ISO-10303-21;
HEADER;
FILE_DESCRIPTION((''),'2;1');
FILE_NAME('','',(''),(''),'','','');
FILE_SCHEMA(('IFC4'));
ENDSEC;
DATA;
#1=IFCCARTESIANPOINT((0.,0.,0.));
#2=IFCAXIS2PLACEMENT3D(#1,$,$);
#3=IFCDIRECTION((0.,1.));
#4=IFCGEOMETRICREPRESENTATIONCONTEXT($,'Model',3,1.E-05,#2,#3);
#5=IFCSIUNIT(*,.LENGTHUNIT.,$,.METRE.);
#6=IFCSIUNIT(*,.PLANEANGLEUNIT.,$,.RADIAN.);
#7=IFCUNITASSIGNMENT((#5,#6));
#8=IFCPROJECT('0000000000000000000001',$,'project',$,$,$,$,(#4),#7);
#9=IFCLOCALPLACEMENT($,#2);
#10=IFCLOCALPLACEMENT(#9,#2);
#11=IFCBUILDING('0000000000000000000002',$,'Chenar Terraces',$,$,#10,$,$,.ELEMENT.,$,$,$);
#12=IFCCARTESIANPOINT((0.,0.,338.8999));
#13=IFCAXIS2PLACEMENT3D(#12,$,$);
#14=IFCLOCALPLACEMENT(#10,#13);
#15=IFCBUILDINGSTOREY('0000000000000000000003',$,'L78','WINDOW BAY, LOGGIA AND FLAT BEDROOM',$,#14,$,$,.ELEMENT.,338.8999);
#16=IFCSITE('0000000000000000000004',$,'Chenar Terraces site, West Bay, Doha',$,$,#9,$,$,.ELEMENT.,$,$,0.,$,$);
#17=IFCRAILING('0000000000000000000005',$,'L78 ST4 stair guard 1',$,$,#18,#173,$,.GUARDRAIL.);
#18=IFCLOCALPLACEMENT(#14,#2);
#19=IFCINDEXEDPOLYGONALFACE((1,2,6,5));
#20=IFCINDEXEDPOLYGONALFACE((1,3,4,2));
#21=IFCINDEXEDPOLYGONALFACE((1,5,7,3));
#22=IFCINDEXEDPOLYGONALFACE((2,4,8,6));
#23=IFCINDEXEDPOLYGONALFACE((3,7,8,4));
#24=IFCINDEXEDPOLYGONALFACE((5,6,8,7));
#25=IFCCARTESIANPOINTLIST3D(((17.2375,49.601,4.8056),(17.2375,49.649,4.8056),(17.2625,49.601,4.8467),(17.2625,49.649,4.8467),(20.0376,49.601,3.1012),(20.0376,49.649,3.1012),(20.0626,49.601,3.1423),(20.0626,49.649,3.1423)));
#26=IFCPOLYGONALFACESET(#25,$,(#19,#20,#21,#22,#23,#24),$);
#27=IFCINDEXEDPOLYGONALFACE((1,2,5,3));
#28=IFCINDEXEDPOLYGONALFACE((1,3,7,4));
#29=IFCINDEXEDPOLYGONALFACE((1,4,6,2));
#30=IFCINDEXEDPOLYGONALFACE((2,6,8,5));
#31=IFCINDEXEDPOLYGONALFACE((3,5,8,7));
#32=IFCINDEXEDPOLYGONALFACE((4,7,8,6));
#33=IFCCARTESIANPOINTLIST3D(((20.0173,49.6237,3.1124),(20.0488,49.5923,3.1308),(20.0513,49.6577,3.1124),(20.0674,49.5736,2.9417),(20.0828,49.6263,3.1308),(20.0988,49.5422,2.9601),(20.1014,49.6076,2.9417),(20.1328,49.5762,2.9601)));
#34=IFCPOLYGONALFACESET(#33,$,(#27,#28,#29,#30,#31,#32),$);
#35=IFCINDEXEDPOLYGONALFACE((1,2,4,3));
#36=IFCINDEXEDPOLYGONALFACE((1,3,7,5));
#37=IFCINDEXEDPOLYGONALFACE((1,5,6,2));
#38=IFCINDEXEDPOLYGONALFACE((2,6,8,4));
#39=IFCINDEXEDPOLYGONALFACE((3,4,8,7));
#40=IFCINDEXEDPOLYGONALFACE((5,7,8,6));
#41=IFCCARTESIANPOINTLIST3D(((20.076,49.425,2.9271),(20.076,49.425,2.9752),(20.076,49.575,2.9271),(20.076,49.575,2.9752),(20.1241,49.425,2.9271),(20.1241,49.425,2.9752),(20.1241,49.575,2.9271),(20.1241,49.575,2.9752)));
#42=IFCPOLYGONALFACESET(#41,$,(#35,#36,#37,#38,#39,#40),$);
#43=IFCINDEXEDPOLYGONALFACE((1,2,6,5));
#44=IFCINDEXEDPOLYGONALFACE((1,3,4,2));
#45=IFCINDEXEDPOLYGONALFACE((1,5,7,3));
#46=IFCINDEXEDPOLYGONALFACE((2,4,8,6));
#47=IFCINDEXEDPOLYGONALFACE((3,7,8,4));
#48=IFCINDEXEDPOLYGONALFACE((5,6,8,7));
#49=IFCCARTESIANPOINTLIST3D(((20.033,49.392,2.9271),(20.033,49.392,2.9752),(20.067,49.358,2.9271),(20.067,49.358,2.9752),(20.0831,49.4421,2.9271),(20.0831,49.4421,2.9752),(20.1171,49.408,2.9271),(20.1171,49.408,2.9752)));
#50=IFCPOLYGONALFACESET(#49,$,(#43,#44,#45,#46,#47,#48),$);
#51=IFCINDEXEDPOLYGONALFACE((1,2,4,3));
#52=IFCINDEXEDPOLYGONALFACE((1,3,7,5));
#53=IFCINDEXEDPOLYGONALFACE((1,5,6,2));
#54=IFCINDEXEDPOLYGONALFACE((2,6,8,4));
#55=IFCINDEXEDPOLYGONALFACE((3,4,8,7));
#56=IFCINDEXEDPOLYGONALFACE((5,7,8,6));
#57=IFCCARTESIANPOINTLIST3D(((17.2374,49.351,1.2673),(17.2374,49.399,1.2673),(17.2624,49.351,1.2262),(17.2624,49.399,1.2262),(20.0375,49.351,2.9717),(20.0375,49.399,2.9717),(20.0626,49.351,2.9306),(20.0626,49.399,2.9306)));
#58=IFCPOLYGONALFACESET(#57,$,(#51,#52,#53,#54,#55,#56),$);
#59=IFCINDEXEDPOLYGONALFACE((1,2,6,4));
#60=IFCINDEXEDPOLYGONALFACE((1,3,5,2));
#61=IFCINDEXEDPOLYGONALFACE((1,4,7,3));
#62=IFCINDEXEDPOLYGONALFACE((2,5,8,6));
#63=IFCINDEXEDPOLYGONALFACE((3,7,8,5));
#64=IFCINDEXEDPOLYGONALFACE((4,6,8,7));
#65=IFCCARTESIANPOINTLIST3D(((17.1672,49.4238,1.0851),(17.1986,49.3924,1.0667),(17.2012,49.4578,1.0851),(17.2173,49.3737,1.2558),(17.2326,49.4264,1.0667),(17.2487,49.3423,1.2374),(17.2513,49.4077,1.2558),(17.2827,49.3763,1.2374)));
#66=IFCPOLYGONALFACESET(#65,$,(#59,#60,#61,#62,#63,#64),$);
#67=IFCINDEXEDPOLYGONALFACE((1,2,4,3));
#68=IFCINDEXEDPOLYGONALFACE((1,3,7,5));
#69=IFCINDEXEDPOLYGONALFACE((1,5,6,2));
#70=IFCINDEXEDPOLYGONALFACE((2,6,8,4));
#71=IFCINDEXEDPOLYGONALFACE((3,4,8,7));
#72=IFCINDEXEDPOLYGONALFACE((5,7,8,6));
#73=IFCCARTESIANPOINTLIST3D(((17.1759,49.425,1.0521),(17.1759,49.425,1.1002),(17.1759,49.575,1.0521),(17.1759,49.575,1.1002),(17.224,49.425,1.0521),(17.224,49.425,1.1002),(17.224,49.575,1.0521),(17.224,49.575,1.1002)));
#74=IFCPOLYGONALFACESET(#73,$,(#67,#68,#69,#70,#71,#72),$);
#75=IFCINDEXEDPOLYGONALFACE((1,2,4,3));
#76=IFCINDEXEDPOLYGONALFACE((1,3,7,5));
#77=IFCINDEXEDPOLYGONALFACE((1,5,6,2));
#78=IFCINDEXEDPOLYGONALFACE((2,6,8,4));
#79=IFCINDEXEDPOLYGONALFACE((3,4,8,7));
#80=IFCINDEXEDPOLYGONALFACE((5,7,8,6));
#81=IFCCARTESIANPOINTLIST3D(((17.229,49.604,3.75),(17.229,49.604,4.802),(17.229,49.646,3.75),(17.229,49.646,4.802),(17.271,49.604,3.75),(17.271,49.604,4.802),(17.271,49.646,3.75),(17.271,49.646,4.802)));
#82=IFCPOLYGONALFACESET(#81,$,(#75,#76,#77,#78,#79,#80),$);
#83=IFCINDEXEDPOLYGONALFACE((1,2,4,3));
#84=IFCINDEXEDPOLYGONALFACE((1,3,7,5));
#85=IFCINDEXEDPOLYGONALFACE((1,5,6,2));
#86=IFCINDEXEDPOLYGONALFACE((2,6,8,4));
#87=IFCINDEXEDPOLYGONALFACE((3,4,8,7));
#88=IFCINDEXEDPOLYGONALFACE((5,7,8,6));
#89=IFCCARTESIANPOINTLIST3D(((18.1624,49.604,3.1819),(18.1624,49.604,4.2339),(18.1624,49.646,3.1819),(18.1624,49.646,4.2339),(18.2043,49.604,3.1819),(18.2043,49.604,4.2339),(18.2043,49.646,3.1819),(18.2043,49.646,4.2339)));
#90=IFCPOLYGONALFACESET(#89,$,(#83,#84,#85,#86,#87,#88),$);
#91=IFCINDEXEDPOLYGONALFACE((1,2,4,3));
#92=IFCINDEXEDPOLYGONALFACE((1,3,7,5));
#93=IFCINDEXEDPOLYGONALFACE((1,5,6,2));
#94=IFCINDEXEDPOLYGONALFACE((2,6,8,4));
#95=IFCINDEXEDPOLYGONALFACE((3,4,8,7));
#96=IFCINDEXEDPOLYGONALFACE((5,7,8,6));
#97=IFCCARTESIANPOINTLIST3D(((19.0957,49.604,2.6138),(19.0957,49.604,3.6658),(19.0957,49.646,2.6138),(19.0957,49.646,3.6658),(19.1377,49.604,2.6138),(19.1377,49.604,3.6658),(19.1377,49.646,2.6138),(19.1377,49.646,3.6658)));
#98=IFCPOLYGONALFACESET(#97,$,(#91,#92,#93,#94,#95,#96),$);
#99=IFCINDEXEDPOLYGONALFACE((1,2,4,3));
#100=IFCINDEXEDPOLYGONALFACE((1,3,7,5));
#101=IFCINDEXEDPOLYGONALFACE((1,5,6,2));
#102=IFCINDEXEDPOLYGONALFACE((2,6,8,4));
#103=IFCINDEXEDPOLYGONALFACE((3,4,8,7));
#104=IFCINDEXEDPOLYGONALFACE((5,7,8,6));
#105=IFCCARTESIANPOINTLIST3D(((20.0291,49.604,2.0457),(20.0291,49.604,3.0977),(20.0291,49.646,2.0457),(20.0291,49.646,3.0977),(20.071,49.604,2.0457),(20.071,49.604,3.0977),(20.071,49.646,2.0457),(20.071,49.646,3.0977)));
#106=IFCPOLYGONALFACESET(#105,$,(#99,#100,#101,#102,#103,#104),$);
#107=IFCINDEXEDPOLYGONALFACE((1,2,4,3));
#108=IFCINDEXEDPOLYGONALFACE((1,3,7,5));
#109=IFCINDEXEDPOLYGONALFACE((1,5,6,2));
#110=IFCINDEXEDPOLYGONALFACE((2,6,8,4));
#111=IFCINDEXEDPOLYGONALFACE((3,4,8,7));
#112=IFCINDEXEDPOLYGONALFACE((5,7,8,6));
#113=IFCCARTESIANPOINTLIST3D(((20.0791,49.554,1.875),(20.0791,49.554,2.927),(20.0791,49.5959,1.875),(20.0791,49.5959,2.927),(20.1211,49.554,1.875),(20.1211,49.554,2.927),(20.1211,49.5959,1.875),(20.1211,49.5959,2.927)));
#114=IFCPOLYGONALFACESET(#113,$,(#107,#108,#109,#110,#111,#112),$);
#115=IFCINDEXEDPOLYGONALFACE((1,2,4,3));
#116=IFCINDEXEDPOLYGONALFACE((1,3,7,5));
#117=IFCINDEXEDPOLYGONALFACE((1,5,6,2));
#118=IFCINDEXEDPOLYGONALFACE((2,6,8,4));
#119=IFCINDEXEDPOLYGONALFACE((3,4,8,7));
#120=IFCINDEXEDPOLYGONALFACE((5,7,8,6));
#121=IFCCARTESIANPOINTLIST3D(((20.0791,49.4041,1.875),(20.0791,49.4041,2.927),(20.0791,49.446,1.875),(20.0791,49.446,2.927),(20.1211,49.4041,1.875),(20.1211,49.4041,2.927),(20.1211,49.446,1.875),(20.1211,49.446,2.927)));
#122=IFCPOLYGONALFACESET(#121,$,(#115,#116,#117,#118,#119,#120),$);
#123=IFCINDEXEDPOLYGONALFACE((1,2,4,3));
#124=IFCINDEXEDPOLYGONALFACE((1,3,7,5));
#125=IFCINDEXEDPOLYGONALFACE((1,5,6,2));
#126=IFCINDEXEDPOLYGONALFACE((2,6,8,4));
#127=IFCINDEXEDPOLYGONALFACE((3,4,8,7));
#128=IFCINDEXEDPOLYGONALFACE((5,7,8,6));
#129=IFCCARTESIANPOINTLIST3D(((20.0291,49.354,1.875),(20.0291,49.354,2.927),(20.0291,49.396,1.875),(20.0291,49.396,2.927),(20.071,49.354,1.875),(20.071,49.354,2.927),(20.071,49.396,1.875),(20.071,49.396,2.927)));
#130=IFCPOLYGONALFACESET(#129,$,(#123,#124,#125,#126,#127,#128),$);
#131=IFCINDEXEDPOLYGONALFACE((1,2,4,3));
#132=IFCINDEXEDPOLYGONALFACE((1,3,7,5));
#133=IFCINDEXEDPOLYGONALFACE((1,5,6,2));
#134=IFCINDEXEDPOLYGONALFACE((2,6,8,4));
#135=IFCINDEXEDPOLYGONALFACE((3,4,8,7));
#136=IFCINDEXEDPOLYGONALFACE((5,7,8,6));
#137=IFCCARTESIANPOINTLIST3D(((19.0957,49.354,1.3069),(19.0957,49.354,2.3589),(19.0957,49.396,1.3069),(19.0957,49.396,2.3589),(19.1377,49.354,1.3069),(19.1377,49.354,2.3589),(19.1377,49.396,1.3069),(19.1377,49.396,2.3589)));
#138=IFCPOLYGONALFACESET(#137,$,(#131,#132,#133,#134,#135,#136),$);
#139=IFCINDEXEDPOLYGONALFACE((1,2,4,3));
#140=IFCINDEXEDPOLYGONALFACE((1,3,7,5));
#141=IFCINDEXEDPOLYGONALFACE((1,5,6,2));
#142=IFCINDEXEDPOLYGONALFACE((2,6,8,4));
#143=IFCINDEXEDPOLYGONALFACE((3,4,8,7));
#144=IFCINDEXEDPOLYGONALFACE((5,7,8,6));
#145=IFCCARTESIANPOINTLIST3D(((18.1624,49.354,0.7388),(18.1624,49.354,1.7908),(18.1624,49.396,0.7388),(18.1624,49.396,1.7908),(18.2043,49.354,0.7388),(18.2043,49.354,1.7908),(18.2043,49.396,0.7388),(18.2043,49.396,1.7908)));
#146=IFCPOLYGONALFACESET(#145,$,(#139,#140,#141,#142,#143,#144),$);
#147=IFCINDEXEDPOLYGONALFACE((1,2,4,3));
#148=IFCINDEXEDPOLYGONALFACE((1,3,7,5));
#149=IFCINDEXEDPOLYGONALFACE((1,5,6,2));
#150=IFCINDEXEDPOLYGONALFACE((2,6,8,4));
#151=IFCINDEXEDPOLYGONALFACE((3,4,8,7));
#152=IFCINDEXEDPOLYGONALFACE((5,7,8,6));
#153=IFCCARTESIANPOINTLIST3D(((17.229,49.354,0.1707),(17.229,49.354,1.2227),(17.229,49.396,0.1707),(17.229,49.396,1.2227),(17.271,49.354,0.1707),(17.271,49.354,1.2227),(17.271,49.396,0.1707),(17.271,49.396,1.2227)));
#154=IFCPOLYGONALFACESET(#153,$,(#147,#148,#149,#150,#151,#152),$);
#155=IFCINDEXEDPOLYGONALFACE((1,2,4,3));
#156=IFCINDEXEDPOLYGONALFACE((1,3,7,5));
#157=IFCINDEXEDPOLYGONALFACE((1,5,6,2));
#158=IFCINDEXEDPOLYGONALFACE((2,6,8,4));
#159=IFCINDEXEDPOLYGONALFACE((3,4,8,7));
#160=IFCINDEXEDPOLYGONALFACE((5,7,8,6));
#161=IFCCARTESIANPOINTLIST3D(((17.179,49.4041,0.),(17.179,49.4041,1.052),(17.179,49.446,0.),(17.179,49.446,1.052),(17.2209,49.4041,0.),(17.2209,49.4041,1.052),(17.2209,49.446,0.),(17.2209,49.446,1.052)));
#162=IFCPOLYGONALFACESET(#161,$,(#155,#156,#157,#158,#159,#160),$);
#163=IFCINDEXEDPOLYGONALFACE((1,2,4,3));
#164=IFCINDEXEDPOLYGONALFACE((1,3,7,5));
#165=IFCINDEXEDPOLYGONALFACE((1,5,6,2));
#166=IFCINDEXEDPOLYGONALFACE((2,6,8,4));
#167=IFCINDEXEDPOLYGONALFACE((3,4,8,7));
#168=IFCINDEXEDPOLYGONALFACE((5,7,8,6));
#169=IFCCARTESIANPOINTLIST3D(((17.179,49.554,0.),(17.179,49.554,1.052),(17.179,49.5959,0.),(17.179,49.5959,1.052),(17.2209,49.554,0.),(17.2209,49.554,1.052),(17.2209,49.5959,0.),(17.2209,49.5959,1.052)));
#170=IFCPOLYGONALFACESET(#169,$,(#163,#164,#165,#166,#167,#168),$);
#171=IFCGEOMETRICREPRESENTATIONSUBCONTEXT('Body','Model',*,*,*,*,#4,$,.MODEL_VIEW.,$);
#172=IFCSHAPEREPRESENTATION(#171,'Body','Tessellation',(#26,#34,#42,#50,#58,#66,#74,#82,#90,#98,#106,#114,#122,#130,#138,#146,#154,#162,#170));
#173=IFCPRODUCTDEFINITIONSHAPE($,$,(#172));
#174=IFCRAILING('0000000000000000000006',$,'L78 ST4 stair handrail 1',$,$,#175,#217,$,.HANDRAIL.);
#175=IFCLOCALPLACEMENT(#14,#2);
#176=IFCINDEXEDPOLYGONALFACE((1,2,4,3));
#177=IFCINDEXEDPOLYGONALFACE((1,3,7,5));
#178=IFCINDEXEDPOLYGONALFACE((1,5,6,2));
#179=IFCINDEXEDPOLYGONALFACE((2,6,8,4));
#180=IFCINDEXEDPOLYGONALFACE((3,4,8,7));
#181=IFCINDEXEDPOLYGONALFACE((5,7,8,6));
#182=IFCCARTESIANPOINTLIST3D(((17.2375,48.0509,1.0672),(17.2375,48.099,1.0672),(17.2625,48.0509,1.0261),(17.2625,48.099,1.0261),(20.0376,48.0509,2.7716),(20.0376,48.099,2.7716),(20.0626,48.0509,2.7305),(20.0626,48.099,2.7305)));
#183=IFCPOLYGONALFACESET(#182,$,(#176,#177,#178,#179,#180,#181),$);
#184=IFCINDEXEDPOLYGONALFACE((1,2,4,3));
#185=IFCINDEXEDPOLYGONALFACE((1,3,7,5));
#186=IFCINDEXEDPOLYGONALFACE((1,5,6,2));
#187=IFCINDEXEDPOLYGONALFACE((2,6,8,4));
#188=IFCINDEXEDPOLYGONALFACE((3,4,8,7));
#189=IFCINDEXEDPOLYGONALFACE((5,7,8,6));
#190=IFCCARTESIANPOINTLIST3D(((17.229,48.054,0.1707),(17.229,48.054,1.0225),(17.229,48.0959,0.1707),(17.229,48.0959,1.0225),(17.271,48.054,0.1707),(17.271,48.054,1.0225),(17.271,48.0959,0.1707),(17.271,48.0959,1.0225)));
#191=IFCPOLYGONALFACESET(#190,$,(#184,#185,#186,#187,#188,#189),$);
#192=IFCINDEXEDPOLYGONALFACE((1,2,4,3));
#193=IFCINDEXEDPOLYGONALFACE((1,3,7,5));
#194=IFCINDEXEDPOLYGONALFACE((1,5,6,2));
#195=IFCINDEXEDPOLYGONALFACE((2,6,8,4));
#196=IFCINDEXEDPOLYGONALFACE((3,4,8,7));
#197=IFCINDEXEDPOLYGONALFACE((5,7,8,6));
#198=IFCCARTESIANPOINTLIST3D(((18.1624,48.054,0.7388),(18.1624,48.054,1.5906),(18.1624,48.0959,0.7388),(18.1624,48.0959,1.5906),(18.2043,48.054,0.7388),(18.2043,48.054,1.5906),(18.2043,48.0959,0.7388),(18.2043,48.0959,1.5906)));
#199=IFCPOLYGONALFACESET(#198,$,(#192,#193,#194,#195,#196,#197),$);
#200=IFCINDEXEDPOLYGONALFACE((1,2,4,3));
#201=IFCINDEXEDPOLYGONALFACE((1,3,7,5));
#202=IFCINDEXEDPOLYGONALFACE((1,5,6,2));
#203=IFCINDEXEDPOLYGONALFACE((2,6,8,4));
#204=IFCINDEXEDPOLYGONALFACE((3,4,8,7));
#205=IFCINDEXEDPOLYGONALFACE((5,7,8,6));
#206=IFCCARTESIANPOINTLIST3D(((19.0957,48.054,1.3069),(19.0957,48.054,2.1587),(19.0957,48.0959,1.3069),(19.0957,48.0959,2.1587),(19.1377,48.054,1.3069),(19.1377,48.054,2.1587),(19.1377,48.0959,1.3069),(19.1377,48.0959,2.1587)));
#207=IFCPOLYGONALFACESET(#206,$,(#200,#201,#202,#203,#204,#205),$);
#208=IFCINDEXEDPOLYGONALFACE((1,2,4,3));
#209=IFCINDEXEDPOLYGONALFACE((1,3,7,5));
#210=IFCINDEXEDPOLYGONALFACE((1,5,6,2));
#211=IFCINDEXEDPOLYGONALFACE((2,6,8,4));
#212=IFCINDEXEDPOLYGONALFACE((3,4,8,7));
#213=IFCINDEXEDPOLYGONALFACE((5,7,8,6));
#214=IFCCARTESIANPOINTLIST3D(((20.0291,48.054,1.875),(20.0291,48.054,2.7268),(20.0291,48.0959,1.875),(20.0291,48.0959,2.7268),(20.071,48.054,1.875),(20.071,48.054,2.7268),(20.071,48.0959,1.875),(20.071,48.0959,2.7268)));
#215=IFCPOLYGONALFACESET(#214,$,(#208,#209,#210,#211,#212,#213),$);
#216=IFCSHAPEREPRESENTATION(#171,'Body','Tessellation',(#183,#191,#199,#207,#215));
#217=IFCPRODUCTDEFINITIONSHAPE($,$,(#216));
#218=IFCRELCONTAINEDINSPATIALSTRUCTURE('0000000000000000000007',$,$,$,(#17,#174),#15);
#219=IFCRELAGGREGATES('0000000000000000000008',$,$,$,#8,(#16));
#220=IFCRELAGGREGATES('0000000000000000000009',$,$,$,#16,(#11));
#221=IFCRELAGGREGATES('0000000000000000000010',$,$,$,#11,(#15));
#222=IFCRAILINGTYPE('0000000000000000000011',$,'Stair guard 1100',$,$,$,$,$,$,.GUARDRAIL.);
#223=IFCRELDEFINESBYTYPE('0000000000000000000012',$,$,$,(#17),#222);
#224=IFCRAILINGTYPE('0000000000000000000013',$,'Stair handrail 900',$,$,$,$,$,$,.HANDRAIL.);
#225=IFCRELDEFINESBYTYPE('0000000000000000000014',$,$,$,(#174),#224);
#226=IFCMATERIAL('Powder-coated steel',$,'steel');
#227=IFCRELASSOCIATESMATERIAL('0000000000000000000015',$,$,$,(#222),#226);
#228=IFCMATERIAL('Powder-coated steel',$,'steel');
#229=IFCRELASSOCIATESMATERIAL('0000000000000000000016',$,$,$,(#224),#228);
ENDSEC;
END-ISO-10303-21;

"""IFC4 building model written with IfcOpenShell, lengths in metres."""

from ifc_helpers import new_model, si_unit, direction, frame, origin, origin_2d, place, context, subcontext, project, spatial, rectangle, extrude, material, type_object, element, save


model = new_model("IFC4")

# Units and contexts
model_context = context("Model", 3, precision=1e-05, world=origin(), true_north=direction((0.0, 1.0)))
body_context = subcontext(model_context, "Body", "Model", "MODEL_VIEW")
ifc_project = project(units=[si_unit("LENGTHUNIT", "METRE"), si_unit("PLANEANGLEUNIT", "RADIAN")], contexts=[model_context])

# Site, building, storey
site_placement = place(None, origin())
site = spatial("IfcSite", under=ifc_project, at=site_placement, Name="Chenar Terraces site, West Bay, Doha", CompositionType="ELEMENT", RefElevation=0.0)
building_placement = place(site_placement, origin())
building = spatial("IfcBuilding", under=site, at=building_placement, Name="Chenar Terraces", CompositionType="ELEMENT")
storey_placement = place(building_placement, frame((0.0, 0.0, 338.8999)))
storey = spatial("IfcBuildingStorey", under=building, at=storey_placement, Name="L78", Description="WINDOW BAY, LOGGIA AND FLAT BEDROOM", CompositionType="ELEMENT", Elevation=338.8999)

# Railings
ifc_material_1 = material(Name="Powder-coated steel", Category="steel")
railing_type_1 = type_object("IfcRailingType", Name="Stair guard 1100", PredefinedType="GUARDRAIL", material=ifc_material_1)
railing_1_placement = place(storey_placement, frame((17.25, 49.625, 3.75)))
element("IfcRailing", 1, at=railing_1_placement, inside=storey, type_object=railing_type_1, Name="L78 ST4 stair guard 1", PredefinedType="GUARDRAIL", context=body_context, shape_type="SweptSolid", body=[
    extrude(rectangle(XDim=0.0481, YDim=0.0481, at=origin_2d()), frame((0.0, 0.0, 1.0762), z_axis=(0.854203, 0.0, -0.51994), x_axis=(0.0, 1.0, 0.0)), (0.0, 0.0, 1.0), 3.2781),
    extrude(rectangle(XDim=0.0481, YDim=0.0481, at=origin_2d()), frame((2.8, 0.0, -0.6284), z_axis=(0.2709, -0.2709, -0.923703), x_axis=(0.707107, 0.707107, 0.0)), (0.0, 0.0, 1.0), 0.1848),
    extrude(rectangle(XDim=0.0481, YDim=0.0481, at=origin_2d()), frame((2.8501, -0.05, -0.7988), z_axis=(0.0, -1.0, 0.0), x_axis=(1.0, 0.0, 0.0)), (0.0, 0.0, 1.0), 0.1499),
    extrude(rectangle(XDim=0.0481, YDim=0.0481, at=origin_2d()), frame((2.8501, -0.2, -0.7988), z_axis=(-0.707107, -0.707107, 0.0), x_axis=(0.707107, -0.707107, 0.0)), (0.0, 0.0, 1.0), 0.0708),
    extrude(rectangle(XDim=0.0481, YDim=0.0481, at=origin_2d()), frame((2.8, -0.25, -0.7988), z_axis=(-0.854203, 0.0, -0.51994), x_axis=(0.0, -1.0, 0.0)), (0.0, 0.0, 1.0), 3.2781),
    extrude(rectangle(XDim=0.0481, YDim=0.0481, at=origin_2d()), frame((0.0, -0.25, -2.5034), z_axis=(-0.2709, 0.2709, -0.923703), x_axis=(-0.707107, -0.707107, 0.0)), (0.0, 0.0, 1.0), 0.1848),
    extrude(rectangle(XDim=0.0481, YDim=0.0481, at=origin_2d()), frame((-0.05, -0.2, -2.6738), z_axis=(0.0, 1.0, 0.0), x_axis=(-1.0, 0.0, 0.0)), (0.0, 0.0, 1.0), 0.1499),
    extrude(rectangle(XDim=0.042, YDim=0.042, at=origin_2d()), origin(), (0.0, 0.0, 1.0), 1.052),
    extrude(rectangle(XDim=0.042, YDim=0.042, at=origin_2d()), frame((0.9333, 0.0, -0.5681)), (0.0, 0.0, 1.0), 1.052),
    extrude(rectangle(XDim=0.042, YDim=0.042, at=origin_2d()), frame((1.8667, 0.0, -1.1362)), (0.0, 0.0, 1.0), 1.052),
    extrude(rectangle(XDim=0.042, YDim=0.042, at=origin_2d()), frame((2.8, 0.0, -1.7043)), (0.0, 0.0, 1.0), 1.052),
    extrude(rectangle(XDim=0.042, YDim=0.042, at=origin_2d()), frame((2.8501, -0.05, -1.875)), (0.0, 0.0, 1.0), 1.052),
    extrude(rectangle(XDim=0.042, YDim=0.042, at=origin_2d()), frame((2.8501, -0.2, -1.875)), (0.0, 0.0, 1.0), 1.052),
    extrude(rectangle(XDim=0.042, YDim=0.042, at=origin_2d()), frame((2.8, -0.25, -1.875)), (0.0, 0.0, 1.0), 1.052),
    extrude(rectangle(XDim=0.042, YDim=0.042, at=origin_2d()), frame((1.8667, -0.25, -2.4431)), (0.0, 0.0, 1.0), 1.052),
    extrude(rectangle(XDim=0.042, YDim=0.042, at=origin_2d()), frame((0.9333, -0.25, -3.0112)), (0.0, 0.0, 1.0), 1.052),
    extrude(rectangle(XDim=0.042, YDim=0.042, at=origin_2d()), frame((0.0, -0.25, -3.5793)), (0.0, 0.0, 1.0), 1.052),
    extrude(rectangle(XDim=0.042, YDim=0.042, at=origin_2d()), frame((-0.05, -0.2, -3.75)), (0.0, 0.0, 1.0), 1.052),
    extrude(rectangle(XDim=0.042, YDim=0.042, at=origin_2d()), frame((-0.05, -0.05, -3.75)), (0.0, 0.0, 1.0), 1.052),
])
ifc_material_2 = material(Name="Powder-coated steel", Category="steel")
railing_type_2 = type_object("IfcRailingType", Name="Stair handrail 900", PredefinedType="HANDRAIL", material=ifc_material_2)
railing_2_placement = place(storey_placement, frame((17.25, 48.075, 0.1707)))
element("IfcRailing", 2, at=railing_2_placement, inside=storey, type_object=railing_type_2, Name="L78 ST4 stair handrail 1", PredefinedType="HANDRAIL", context=body_context, shape_type="SweptSolid", body=[
    extrude(rectangle(XDim=0.0481, YDim=0.0481, at=origin_2d()), frame((0.0, 0.0, 0.876), z_axis=(0.854203, 0.0, 0.51994), x_axis=(0.0, 1.0, 0.0)), (0.0, 0.0, 1.0), 3.2781),
    extrude(rectangle(XDim=0.042, YDim=0.042, at=origin_2d()), origin(), (0.0, 0.0, 1.0), 0.8518),
    extrude(rectangle(XDim=0.042, YDim=0.042, at=origin_2d()), frame((0.9333, 0.0, 0.5681)), (0.0, 0.0, 1.0), 0.8518),
    extrude(rectangle(XDim=0.042, YDim=0.042, at=origin_2d()), frame((1.8667, 0.0, 1.1362)), (0.0, 0.0, 1.0), 0.8518),
    extrude(rectangle(XDim=0.042, YDim=0.042, at=origin_2d()), frame((2.8, 0.0, 1.7043)), (0.0, 0.0, 1.0), 0.8518),
])

save(model, "model.ifc")
